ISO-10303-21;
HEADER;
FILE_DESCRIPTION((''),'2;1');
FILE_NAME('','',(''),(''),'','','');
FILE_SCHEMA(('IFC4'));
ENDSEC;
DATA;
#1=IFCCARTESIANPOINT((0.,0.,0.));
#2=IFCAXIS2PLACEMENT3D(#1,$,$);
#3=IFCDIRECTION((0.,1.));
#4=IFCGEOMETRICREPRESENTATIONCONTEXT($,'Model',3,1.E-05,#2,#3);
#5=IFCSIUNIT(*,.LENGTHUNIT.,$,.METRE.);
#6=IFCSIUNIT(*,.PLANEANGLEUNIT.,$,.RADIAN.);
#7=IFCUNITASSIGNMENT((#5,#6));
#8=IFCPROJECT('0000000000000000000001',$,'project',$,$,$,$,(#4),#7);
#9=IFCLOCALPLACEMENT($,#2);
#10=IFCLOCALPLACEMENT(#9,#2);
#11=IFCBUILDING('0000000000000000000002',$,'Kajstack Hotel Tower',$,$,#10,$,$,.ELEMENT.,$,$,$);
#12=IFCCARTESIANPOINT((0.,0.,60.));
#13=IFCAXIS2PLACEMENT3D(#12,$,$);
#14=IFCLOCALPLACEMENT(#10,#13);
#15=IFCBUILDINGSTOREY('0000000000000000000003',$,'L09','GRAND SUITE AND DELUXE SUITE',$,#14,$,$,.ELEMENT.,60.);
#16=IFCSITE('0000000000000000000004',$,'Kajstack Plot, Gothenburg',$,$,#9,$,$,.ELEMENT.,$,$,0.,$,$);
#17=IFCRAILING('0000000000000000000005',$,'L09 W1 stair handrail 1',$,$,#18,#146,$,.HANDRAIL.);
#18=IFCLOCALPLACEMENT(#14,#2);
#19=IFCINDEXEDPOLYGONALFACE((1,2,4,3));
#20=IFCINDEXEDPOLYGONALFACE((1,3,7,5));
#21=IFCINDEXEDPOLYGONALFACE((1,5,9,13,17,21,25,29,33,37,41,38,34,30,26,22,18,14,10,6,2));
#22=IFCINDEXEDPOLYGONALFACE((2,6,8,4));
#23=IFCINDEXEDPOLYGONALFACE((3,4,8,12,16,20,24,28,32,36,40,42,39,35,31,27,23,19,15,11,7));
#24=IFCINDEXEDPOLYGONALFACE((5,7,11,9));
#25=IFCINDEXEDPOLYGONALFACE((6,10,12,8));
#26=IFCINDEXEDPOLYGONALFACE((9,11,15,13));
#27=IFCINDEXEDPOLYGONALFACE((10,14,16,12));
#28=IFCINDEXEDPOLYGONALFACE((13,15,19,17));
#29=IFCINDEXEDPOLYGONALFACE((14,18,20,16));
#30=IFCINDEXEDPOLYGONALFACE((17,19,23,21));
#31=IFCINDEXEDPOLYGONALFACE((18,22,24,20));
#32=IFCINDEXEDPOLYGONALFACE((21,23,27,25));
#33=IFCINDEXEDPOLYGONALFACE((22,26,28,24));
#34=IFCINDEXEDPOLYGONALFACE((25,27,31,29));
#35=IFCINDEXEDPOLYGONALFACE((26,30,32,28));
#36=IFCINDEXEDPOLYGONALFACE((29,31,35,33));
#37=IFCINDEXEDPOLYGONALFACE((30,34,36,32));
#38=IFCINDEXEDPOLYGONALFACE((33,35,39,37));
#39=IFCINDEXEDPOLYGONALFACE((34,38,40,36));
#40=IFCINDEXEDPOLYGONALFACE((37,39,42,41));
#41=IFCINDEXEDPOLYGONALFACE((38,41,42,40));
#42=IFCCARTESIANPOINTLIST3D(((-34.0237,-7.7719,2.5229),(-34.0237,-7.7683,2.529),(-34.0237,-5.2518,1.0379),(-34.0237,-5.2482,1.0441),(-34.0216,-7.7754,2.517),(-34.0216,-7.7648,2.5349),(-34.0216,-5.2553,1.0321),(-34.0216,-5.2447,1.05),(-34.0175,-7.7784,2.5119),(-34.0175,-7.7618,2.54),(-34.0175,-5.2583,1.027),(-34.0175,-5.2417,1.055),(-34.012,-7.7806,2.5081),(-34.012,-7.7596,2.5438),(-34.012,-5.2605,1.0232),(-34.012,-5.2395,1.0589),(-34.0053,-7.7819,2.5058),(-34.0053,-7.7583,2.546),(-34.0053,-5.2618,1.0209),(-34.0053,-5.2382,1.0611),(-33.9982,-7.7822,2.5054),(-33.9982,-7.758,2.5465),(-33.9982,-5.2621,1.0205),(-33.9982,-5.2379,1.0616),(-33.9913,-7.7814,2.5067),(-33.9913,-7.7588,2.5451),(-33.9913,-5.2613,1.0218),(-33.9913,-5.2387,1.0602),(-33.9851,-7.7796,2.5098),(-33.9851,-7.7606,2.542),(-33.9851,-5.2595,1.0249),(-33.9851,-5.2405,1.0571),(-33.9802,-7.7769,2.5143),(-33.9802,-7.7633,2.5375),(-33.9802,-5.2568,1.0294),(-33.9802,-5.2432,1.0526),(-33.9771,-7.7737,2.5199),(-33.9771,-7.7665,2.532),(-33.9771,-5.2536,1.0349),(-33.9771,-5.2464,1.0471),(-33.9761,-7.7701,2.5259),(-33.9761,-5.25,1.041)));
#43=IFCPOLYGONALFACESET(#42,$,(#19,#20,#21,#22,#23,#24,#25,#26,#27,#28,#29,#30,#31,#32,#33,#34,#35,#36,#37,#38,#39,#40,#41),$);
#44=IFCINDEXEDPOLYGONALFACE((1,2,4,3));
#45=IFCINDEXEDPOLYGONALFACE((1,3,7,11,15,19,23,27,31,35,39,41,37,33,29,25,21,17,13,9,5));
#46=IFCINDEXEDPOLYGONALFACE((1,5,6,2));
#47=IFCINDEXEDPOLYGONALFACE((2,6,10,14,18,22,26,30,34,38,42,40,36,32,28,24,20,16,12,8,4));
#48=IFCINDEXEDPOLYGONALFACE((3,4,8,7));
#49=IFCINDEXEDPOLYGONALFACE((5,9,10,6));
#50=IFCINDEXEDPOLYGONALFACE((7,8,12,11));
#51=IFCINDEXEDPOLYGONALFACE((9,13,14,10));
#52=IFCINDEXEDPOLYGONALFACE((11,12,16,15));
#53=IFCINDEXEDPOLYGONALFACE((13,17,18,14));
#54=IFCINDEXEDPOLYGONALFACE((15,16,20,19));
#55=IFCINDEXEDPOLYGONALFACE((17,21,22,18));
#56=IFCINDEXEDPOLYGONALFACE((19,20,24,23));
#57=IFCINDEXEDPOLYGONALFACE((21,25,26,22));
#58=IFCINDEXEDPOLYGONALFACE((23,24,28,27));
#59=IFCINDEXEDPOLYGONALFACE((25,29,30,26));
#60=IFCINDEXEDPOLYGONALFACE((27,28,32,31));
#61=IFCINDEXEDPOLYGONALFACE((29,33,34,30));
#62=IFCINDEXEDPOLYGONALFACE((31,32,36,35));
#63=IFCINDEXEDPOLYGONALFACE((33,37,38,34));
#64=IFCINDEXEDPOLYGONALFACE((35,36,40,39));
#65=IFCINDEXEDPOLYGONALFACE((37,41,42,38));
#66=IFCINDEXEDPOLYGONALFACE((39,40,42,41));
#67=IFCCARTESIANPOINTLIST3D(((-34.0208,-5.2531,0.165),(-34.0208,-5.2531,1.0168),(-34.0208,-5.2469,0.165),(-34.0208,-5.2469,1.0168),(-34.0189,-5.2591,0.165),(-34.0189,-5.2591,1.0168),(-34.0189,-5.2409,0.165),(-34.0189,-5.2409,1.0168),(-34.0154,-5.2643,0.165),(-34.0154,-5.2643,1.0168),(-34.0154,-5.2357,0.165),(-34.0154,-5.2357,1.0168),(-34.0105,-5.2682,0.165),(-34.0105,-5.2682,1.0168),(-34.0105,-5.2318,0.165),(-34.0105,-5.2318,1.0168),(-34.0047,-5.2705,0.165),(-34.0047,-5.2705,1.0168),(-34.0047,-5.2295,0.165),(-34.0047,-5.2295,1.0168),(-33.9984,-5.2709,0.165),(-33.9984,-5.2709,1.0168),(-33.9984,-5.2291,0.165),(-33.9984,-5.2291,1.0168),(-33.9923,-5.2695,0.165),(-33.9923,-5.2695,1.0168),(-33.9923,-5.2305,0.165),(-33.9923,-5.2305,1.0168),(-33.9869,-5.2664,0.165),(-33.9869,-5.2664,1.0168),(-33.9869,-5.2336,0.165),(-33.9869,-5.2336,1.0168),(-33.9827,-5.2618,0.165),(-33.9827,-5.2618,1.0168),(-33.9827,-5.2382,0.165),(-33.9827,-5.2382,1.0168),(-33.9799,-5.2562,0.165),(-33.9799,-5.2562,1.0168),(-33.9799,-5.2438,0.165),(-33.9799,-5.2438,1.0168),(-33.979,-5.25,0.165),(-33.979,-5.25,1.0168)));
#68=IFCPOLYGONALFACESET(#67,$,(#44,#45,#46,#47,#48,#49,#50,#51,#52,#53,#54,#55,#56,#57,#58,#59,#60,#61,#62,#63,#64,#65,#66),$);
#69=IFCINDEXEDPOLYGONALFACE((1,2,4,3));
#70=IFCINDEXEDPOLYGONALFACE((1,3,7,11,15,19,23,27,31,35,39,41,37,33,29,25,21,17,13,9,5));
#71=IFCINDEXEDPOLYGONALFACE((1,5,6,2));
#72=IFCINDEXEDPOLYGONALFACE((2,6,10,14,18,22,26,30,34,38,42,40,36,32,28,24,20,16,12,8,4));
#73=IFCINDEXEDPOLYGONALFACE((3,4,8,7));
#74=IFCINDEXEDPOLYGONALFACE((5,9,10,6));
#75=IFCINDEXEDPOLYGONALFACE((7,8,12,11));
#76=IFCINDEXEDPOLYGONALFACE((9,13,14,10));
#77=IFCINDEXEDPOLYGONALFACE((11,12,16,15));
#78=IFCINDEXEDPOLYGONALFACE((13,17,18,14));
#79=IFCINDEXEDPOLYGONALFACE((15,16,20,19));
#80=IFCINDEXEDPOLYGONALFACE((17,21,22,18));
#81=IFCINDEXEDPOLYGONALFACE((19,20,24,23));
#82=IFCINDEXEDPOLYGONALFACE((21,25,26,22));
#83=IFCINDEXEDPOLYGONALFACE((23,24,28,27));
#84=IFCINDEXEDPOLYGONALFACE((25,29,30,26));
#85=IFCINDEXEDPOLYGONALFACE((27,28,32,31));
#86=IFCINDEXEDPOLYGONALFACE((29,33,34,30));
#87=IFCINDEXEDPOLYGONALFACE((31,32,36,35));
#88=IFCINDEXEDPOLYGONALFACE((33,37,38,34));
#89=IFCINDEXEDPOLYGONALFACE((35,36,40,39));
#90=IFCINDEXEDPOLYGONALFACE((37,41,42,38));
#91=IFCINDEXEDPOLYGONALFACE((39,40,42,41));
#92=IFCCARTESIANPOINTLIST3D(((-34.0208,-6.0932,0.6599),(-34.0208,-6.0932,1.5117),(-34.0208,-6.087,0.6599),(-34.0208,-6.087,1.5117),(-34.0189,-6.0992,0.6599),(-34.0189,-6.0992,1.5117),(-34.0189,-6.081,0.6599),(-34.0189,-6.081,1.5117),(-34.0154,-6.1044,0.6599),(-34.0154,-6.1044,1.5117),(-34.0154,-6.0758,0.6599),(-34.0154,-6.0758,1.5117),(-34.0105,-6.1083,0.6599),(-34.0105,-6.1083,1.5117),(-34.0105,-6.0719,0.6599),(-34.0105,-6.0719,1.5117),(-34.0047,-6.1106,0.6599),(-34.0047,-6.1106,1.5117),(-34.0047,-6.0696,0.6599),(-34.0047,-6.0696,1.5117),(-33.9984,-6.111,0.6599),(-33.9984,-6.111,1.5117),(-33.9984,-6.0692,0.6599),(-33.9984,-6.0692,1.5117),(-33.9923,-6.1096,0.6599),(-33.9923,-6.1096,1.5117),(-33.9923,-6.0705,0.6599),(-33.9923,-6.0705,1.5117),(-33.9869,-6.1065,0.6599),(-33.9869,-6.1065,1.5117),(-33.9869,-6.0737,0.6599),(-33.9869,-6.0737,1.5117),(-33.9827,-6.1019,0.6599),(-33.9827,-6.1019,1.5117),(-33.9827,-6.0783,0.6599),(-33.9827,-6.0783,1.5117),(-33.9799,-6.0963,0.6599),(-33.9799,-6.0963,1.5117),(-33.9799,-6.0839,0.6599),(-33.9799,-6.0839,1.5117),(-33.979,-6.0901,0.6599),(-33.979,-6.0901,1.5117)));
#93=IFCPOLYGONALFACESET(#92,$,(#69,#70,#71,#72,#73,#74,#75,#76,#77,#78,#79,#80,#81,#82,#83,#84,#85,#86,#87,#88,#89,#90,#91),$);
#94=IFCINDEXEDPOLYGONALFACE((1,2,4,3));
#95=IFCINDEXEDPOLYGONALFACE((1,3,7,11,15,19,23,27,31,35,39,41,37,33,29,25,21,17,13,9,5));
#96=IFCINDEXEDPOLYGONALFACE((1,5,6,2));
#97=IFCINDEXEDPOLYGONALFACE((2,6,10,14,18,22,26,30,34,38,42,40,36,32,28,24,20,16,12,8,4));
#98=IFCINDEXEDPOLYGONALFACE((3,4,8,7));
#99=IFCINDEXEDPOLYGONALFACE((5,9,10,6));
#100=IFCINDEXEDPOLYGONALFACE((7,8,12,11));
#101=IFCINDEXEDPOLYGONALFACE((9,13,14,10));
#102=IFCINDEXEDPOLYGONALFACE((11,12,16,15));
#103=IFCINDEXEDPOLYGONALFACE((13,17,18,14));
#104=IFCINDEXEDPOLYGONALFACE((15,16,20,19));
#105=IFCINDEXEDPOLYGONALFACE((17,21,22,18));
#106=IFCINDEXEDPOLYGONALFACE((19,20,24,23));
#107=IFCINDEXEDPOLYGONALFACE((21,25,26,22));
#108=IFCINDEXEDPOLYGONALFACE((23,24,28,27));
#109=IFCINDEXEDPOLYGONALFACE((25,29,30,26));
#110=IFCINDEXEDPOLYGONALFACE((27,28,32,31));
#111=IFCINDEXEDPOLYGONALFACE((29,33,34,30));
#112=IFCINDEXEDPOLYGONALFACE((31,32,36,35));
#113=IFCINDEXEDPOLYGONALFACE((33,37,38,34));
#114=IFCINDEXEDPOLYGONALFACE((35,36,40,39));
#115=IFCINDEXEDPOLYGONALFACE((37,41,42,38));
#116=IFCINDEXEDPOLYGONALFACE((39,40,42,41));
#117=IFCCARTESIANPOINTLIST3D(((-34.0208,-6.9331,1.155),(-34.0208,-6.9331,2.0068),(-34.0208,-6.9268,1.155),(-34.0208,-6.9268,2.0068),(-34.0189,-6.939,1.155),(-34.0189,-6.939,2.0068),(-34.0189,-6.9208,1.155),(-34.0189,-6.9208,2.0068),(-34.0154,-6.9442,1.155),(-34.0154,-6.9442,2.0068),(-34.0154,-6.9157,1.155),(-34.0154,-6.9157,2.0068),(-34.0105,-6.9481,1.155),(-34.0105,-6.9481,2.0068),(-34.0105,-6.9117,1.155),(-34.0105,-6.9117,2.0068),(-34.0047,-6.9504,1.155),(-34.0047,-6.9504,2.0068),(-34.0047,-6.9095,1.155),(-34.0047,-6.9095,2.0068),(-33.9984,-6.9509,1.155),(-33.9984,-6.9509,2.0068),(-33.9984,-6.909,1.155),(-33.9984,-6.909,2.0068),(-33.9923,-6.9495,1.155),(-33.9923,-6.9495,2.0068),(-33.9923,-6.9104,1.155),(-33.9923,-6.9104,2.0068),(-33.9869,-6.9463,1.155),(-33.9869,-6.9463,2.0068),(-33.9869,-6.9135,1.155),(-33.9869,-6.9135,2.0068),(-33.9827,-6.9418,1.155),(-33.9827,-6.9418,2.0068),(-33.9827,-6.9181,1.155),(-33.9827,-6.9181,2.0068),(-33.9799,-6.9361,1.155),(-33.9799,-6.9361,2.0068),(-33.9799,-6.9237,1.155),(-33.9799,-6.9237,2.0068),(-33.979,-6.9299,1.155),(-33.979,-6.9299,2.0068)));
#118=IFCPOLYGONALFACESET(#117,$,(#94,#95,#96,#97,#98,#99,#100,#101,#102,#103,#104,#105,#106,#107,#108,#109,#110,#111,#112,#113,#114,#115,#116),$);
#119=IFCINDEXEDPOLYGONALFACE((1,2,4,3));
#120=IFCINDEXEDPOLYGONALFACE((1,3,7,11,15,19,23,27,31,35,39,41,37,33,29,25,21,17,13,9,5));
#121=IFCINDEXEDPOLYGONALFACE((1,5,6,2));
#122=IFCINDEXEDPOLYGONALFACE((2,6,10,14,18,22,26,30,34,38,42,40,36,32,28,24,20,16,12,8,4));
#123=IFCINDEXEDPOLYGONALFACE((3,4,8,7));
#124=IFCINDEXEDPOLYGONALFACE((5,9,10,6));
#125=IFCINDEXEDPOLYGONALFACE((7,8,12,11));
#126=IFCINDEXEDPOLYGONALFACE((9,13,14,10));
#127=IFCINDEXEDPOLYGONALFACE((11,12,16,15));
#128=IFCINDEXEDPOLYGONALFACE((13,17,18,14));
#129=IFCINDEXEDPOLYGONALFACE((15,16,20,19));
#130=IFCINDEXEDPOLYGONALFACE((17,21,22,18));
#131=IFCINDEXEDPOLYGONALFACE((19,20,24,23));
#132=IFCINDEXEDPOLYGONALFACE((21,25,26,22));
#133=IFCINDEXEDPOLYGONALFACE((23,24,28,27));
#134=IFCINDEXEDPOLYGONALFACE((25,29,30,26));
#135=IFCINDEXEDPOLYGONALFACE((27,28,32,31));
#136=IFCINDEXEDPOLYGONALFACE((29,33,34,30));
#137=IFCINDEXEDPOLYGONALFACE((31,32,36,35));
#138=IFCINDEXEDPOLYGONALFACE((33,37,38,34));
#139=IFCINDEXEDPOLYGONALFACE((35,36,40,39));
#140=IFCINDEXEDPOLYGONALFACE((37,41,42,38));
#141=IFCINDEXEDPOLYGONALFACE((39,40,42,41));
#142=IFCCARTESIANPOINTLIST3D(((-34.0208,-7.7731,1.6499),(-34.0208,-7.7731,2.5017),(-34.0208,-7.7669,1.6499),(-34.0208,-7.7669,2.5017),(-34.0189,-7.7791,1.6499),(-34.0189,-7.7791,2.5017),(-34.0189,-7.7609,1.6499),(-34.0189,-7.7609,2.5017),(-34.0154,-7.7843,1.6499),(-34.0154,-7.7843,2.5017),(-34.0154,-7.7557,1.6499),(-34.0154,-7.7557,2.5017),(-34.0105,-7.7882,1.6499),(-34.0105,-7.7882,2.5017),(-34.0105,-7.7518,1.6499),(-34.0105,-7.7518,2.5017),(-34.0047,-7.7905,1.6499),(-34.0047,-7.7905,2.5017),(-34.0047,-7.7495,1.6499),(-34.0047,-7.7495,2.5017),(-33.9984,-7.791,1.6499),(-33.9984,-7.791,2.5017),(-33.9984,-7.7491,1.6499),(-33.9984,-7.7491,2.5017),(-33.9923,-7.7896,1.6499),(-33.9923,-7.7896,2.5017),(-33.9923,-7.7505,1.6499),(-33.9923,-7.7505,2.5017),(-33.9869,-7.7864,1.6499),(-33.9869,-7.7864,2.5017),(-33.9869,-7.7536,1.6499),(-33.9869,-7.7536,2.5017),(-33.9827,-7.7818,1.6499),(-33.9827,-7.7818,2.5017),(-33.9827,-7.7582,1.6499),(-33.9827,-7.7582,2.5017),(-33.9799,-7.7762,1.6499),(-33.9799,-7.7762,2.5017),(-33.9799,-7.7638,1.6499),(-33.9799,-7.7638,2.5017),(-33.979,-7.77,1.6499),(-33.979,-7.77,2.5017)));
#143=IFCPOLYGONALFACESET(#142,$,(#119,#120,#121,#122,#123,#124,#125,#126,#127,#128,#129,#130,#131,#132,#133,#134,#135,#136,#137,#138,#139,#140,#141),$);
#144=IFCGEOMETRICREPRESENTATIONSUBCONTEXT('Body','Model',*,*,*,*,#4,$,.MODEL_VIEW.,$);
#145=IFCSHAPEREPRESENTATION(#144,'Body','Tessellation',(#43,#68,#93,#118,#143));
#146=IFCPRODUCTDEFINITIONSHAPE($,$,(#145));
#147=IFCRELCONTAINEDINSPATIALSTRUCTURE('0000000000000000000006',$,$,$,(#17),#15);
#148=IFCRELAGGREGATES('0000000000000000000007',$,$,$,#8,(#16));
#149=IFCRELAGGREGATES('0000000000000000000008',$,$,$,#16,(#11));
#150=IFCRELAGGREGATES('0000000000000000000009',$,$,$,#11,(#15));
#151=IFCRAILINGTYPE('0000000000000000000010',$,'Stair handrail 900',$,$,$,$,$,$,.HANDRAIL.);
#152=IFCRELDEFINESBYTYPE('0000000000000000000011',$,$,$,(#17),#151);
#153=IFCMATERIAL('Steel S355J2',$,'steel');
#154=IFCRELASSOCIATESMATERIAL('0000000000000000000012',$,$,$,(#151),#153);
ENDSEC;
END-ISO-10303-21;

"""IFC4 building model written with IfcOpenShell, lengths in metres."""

from ifc_helpers import new_model, si_unit, direction, frame, origin, origin_2d, place, context, subcontext, project, spatial, circle, extrude, material, type_object, element, save


model = new_model("IFC4")

# Units and contexts
model_context = context("Model", 3, precision=1e-05, world=origin(), true_north=direction((0.0, 1.0)))
body_context = subcontext(model_context, "Body", "Model", "MODEL_VIEW")
ifc_project = project(units=[si_unit("LENGTHUNIT", "METRE"), si_unit("PLANEANGLEUNIT", "RADIAN")], contexts=[model_context])

# Site, building, storey
site_placement = place(None, origin())
site = spatial("IfcSite", under=ifc_project, at=site_placement, Name="Kajstack Plot, Gothenburg", CompositionType="ELEMENT", RefElevation=0.0)
building_placement = place(site_placement, origin())
building = spatial("IfcBuilding", under=site, at=building_placement, Name="Kajstack Hotel Tower", CompositionType="ELEMENT")
storey_placement = place(building_placement, frame((0.0, 0.0, 60.0)))
storey = spatial("IfcBuildingStorey", under=building, at=storey_placement, Name="L09", Description="GRAND SUITE AND DELUXE SUITE", CompositionType="ELEMENT", Elevation=60.0)

# Railing
ifc_material_1 = material(Name="Steel S355J2", Category="steel")
railing_type = type_object("IfcRailingType", Name="Stair handrail 900", PredefinedType="HANDRAIL", material=ifc_material_1)
railing_1_placement = place(storey_placement, frame((-34.0, -5.25, 0.165)))
element("IfcRailing", 1, at=railing_1_placement, inside=storey, type_object=railing_type, Name="L09 W1 stair handrail 1", PredefinedType="HANDRAIL", context=body_context, shape_type="SweptSolid", body=[
    extrude(circle(Radius=0.0239, at=origin_2d()), frame((0.0, 0.0, 0.876), z_axis=(0.0, -0.861561, 0.507655), x_axis=(1.0, 0.0, 0.0)), (0.0, 0.0, 1.0), 2.925),
    extrude(circle(Radius=0.021, at=origin_2d()), origin(), (0.0, 0.0, 1.0), 0.8518),
    extrude(circle(Radius=0.021, at=origin_2d()), frame((0.0, -0.8401, 0.4949)), (0.0, 0.0, 1.0), 0.8518),
    extrude(circle(Radius=0.021, at=origin_2d()), frame((0.0, -1.6799, 0.99)), (0.0, 0.0, 1.0), 0.8518),
    extrude(circle(Radius=0.021, at=origin_2d()), frame((0.0, -2.52, 1.4849)), (0.0, 0.0, 1.0), 0.8518),
])

save(model, "model.ifc")
